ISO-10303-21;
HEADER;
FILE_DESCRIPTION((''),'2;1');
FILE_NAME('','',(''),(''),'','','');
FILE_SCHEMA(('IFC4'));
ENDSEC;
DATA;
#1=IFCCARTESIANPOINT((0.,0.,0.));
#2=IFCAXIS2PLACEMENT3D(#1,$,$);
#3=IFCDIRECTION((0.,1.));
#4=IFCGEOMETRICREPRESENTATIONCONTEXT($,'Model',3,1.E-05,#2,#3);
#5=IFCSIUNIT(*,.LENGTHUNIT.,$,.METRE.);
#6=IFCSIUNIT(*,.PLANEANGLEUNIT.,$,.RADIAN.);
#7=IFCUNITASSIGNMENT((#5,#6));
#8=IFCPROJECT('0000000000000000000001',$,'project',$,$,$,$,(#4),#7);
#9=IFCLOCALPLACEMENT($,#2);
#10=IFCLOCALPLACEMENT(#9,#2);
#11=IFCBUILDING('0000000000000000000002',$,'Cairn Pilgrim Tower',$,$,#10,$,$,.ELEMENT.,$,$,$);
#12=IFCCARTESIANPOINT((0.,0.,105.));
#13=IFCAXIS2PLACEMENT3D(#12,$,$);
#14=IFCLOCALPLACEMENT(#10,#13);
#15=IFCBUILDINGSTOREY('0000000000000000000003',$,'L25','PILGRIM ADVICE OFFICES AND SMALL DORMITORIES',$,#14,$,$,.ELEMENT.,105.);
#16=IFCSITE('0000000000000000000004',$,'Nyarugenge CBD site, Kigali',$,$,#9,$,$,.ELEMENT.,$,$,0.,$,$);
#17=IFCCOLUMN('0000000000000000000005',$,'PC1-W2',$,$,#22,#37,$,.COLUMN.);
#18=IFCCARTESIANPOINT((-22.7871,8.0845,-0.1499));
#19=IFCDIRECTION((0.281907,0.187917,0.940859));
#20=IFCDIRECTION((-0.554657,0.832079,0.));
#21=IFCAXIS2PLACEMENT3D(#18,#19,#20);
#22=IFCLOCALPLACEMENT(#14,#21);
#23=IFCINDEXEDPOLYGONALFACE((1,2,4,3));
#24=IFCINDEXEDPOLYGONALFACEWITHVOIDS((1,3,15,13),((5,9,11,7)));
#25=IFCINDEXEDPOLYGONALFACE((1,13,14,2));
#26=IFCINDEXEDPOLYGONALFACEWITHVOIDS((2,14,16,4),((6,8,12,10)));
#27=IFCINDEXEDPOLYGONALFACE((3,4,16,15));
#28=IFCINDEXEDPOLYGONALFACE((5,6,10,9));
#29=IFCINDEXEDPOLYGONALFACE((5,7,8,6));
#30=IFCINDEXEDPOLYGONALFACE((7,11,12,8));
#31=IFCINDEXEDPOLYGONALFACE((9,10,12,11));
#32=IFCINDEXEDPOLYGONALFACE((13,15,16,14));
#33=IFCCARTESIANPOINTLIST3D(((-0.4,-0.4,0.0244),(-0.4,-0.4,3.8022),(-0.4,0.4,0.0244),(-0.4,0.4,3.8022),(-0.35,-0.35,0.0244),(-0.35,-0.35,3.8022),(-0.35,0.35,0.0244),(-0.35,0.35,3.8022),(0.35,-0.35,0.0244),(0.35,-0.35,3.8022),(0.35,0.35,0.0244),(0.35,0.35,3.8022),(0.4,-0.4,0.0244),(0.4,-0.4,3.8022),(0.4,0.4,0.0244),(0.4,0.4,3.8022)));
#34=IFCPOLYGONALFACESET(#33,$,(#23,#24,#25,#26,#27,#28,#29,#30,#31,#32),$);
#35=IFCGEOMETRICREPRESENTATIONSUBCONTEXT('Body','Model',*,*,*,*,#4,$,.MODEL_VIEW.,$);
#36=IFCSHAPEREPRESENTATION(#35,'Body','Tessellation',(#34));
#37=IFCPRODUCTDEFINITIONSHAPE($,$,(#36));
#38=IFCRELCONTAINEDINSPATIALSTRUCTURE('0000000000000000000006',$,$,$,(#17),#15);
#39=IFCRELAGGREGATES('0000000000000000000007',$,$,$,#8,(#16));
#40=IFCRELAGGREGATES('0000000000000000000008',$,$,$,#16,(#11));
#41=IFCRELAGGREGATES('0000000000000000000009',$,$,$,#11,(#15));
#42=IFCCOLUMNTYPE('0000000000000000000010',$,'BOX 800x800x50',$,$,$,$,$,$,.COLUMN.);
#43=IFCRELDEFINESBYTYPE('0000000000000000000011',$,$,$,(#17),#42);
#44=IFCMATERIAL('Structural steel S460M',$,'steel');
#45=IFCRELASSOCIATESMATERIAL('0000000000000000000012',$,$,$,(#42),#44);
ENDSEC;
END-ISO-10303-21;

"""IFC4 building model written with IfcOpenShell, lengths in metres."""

from ifc_helpers import new_model, si_unit, direction, frame, origin, origin_2d, place, context, subcontext, project, spatial, hollow_rectangle, extrude, clip, halfspace, material, material_profile, profile_set, type_object, element, save


model = new_model("IFC4")

# Units and contexts
model_context = context("Model", 3, precision=1e-05, world=origin(), true_north=direction((0.0, 1.0)))
body_context = subcontext(model_context, "Body", "Model", "MODEL_VIEW")
ifc_project = project(units=[si_unit("LENGTHUNIT", "METRE"), si_unit("PLANEANGLEUNIT", "RADIAN")], contexts=[model_context])

# Site, building, storey
site_placement = place(None, origin())
site = spatial("IfcSite", under=ifc_project, at=site_placement, Name="Nyarugenge CBD site, Kigali", CompositionType="ELEMENT", RefElevation=0.0)
building_placement = place(site_placement, origin())
building = spatial("IfcBuilding", under=site, at=building_placement, Name="Cairn Pilgrim Tower", CompositionType="ELEMENT")
storey_placement = place(building_placement, frame((0.0, 0.0, 105.0)))
storey = spatial("IfcBuildingStorey", under=building, at=storey_placement, Name="L25", Description="PILGRIM ADVICE OFFICES AND SMALL DORMITORIES", CompositionType="ELEMENT", Elevation=105.0)

# Column
ifc_material_1 = material(Name="Structural steel S460M", Category="steel")
ifc_material_profile_1 = material_profile(ifc_material_1, hollow_rectangle(XDim=0.8, YDim=0.8, WallThickness=0.05, at=origin_2d()), Name="BOX 800x800x50")
ifc_profile_set_1 = profile_set([ifc_material_profile_1], Name="Structural steel S460M")
column_type_1 = type_object("IfcColumnType", Name="BOX 800x800x50", PredefinedType="COLUMN", material=ifc_profile_set_1)
column_1_placement = place(storey_placement, frame((-22.7871, 8.0845, -0.1499), z_axis=(0.281907, 0.187917, 0.940859), x_axis=(-0.554657, 0.832079, 0.0)))
element("IfcColumn", 1, at=column_1_placement, inside=storey, type_object=column_type_1, Name="PC1-W2", PredefinedType="COLUMN", context=body_context, shape_type="Clipping", body=[
    clip(clip(extrude(hollow_rectangle(XDim=0.8, YDim=0.8, WallThickness=0.05, at=origin_2d()), origin(), (0.0, 0.0, 1.0), 3.8262), halfspace(frame((0.0, 0.0, 0.0244), z_axis=(0.0, 0.0, 1.0), x_axis=(1.0, 0.0, 0.0)), True)), halfspace(frame((0.0, 0.0, 3.8022), z_axis=(0.0, 0.0, 1.0), x_axis=(1.0, 0.0, 0.0)), False)),
])

save(model, "model.ifc")
